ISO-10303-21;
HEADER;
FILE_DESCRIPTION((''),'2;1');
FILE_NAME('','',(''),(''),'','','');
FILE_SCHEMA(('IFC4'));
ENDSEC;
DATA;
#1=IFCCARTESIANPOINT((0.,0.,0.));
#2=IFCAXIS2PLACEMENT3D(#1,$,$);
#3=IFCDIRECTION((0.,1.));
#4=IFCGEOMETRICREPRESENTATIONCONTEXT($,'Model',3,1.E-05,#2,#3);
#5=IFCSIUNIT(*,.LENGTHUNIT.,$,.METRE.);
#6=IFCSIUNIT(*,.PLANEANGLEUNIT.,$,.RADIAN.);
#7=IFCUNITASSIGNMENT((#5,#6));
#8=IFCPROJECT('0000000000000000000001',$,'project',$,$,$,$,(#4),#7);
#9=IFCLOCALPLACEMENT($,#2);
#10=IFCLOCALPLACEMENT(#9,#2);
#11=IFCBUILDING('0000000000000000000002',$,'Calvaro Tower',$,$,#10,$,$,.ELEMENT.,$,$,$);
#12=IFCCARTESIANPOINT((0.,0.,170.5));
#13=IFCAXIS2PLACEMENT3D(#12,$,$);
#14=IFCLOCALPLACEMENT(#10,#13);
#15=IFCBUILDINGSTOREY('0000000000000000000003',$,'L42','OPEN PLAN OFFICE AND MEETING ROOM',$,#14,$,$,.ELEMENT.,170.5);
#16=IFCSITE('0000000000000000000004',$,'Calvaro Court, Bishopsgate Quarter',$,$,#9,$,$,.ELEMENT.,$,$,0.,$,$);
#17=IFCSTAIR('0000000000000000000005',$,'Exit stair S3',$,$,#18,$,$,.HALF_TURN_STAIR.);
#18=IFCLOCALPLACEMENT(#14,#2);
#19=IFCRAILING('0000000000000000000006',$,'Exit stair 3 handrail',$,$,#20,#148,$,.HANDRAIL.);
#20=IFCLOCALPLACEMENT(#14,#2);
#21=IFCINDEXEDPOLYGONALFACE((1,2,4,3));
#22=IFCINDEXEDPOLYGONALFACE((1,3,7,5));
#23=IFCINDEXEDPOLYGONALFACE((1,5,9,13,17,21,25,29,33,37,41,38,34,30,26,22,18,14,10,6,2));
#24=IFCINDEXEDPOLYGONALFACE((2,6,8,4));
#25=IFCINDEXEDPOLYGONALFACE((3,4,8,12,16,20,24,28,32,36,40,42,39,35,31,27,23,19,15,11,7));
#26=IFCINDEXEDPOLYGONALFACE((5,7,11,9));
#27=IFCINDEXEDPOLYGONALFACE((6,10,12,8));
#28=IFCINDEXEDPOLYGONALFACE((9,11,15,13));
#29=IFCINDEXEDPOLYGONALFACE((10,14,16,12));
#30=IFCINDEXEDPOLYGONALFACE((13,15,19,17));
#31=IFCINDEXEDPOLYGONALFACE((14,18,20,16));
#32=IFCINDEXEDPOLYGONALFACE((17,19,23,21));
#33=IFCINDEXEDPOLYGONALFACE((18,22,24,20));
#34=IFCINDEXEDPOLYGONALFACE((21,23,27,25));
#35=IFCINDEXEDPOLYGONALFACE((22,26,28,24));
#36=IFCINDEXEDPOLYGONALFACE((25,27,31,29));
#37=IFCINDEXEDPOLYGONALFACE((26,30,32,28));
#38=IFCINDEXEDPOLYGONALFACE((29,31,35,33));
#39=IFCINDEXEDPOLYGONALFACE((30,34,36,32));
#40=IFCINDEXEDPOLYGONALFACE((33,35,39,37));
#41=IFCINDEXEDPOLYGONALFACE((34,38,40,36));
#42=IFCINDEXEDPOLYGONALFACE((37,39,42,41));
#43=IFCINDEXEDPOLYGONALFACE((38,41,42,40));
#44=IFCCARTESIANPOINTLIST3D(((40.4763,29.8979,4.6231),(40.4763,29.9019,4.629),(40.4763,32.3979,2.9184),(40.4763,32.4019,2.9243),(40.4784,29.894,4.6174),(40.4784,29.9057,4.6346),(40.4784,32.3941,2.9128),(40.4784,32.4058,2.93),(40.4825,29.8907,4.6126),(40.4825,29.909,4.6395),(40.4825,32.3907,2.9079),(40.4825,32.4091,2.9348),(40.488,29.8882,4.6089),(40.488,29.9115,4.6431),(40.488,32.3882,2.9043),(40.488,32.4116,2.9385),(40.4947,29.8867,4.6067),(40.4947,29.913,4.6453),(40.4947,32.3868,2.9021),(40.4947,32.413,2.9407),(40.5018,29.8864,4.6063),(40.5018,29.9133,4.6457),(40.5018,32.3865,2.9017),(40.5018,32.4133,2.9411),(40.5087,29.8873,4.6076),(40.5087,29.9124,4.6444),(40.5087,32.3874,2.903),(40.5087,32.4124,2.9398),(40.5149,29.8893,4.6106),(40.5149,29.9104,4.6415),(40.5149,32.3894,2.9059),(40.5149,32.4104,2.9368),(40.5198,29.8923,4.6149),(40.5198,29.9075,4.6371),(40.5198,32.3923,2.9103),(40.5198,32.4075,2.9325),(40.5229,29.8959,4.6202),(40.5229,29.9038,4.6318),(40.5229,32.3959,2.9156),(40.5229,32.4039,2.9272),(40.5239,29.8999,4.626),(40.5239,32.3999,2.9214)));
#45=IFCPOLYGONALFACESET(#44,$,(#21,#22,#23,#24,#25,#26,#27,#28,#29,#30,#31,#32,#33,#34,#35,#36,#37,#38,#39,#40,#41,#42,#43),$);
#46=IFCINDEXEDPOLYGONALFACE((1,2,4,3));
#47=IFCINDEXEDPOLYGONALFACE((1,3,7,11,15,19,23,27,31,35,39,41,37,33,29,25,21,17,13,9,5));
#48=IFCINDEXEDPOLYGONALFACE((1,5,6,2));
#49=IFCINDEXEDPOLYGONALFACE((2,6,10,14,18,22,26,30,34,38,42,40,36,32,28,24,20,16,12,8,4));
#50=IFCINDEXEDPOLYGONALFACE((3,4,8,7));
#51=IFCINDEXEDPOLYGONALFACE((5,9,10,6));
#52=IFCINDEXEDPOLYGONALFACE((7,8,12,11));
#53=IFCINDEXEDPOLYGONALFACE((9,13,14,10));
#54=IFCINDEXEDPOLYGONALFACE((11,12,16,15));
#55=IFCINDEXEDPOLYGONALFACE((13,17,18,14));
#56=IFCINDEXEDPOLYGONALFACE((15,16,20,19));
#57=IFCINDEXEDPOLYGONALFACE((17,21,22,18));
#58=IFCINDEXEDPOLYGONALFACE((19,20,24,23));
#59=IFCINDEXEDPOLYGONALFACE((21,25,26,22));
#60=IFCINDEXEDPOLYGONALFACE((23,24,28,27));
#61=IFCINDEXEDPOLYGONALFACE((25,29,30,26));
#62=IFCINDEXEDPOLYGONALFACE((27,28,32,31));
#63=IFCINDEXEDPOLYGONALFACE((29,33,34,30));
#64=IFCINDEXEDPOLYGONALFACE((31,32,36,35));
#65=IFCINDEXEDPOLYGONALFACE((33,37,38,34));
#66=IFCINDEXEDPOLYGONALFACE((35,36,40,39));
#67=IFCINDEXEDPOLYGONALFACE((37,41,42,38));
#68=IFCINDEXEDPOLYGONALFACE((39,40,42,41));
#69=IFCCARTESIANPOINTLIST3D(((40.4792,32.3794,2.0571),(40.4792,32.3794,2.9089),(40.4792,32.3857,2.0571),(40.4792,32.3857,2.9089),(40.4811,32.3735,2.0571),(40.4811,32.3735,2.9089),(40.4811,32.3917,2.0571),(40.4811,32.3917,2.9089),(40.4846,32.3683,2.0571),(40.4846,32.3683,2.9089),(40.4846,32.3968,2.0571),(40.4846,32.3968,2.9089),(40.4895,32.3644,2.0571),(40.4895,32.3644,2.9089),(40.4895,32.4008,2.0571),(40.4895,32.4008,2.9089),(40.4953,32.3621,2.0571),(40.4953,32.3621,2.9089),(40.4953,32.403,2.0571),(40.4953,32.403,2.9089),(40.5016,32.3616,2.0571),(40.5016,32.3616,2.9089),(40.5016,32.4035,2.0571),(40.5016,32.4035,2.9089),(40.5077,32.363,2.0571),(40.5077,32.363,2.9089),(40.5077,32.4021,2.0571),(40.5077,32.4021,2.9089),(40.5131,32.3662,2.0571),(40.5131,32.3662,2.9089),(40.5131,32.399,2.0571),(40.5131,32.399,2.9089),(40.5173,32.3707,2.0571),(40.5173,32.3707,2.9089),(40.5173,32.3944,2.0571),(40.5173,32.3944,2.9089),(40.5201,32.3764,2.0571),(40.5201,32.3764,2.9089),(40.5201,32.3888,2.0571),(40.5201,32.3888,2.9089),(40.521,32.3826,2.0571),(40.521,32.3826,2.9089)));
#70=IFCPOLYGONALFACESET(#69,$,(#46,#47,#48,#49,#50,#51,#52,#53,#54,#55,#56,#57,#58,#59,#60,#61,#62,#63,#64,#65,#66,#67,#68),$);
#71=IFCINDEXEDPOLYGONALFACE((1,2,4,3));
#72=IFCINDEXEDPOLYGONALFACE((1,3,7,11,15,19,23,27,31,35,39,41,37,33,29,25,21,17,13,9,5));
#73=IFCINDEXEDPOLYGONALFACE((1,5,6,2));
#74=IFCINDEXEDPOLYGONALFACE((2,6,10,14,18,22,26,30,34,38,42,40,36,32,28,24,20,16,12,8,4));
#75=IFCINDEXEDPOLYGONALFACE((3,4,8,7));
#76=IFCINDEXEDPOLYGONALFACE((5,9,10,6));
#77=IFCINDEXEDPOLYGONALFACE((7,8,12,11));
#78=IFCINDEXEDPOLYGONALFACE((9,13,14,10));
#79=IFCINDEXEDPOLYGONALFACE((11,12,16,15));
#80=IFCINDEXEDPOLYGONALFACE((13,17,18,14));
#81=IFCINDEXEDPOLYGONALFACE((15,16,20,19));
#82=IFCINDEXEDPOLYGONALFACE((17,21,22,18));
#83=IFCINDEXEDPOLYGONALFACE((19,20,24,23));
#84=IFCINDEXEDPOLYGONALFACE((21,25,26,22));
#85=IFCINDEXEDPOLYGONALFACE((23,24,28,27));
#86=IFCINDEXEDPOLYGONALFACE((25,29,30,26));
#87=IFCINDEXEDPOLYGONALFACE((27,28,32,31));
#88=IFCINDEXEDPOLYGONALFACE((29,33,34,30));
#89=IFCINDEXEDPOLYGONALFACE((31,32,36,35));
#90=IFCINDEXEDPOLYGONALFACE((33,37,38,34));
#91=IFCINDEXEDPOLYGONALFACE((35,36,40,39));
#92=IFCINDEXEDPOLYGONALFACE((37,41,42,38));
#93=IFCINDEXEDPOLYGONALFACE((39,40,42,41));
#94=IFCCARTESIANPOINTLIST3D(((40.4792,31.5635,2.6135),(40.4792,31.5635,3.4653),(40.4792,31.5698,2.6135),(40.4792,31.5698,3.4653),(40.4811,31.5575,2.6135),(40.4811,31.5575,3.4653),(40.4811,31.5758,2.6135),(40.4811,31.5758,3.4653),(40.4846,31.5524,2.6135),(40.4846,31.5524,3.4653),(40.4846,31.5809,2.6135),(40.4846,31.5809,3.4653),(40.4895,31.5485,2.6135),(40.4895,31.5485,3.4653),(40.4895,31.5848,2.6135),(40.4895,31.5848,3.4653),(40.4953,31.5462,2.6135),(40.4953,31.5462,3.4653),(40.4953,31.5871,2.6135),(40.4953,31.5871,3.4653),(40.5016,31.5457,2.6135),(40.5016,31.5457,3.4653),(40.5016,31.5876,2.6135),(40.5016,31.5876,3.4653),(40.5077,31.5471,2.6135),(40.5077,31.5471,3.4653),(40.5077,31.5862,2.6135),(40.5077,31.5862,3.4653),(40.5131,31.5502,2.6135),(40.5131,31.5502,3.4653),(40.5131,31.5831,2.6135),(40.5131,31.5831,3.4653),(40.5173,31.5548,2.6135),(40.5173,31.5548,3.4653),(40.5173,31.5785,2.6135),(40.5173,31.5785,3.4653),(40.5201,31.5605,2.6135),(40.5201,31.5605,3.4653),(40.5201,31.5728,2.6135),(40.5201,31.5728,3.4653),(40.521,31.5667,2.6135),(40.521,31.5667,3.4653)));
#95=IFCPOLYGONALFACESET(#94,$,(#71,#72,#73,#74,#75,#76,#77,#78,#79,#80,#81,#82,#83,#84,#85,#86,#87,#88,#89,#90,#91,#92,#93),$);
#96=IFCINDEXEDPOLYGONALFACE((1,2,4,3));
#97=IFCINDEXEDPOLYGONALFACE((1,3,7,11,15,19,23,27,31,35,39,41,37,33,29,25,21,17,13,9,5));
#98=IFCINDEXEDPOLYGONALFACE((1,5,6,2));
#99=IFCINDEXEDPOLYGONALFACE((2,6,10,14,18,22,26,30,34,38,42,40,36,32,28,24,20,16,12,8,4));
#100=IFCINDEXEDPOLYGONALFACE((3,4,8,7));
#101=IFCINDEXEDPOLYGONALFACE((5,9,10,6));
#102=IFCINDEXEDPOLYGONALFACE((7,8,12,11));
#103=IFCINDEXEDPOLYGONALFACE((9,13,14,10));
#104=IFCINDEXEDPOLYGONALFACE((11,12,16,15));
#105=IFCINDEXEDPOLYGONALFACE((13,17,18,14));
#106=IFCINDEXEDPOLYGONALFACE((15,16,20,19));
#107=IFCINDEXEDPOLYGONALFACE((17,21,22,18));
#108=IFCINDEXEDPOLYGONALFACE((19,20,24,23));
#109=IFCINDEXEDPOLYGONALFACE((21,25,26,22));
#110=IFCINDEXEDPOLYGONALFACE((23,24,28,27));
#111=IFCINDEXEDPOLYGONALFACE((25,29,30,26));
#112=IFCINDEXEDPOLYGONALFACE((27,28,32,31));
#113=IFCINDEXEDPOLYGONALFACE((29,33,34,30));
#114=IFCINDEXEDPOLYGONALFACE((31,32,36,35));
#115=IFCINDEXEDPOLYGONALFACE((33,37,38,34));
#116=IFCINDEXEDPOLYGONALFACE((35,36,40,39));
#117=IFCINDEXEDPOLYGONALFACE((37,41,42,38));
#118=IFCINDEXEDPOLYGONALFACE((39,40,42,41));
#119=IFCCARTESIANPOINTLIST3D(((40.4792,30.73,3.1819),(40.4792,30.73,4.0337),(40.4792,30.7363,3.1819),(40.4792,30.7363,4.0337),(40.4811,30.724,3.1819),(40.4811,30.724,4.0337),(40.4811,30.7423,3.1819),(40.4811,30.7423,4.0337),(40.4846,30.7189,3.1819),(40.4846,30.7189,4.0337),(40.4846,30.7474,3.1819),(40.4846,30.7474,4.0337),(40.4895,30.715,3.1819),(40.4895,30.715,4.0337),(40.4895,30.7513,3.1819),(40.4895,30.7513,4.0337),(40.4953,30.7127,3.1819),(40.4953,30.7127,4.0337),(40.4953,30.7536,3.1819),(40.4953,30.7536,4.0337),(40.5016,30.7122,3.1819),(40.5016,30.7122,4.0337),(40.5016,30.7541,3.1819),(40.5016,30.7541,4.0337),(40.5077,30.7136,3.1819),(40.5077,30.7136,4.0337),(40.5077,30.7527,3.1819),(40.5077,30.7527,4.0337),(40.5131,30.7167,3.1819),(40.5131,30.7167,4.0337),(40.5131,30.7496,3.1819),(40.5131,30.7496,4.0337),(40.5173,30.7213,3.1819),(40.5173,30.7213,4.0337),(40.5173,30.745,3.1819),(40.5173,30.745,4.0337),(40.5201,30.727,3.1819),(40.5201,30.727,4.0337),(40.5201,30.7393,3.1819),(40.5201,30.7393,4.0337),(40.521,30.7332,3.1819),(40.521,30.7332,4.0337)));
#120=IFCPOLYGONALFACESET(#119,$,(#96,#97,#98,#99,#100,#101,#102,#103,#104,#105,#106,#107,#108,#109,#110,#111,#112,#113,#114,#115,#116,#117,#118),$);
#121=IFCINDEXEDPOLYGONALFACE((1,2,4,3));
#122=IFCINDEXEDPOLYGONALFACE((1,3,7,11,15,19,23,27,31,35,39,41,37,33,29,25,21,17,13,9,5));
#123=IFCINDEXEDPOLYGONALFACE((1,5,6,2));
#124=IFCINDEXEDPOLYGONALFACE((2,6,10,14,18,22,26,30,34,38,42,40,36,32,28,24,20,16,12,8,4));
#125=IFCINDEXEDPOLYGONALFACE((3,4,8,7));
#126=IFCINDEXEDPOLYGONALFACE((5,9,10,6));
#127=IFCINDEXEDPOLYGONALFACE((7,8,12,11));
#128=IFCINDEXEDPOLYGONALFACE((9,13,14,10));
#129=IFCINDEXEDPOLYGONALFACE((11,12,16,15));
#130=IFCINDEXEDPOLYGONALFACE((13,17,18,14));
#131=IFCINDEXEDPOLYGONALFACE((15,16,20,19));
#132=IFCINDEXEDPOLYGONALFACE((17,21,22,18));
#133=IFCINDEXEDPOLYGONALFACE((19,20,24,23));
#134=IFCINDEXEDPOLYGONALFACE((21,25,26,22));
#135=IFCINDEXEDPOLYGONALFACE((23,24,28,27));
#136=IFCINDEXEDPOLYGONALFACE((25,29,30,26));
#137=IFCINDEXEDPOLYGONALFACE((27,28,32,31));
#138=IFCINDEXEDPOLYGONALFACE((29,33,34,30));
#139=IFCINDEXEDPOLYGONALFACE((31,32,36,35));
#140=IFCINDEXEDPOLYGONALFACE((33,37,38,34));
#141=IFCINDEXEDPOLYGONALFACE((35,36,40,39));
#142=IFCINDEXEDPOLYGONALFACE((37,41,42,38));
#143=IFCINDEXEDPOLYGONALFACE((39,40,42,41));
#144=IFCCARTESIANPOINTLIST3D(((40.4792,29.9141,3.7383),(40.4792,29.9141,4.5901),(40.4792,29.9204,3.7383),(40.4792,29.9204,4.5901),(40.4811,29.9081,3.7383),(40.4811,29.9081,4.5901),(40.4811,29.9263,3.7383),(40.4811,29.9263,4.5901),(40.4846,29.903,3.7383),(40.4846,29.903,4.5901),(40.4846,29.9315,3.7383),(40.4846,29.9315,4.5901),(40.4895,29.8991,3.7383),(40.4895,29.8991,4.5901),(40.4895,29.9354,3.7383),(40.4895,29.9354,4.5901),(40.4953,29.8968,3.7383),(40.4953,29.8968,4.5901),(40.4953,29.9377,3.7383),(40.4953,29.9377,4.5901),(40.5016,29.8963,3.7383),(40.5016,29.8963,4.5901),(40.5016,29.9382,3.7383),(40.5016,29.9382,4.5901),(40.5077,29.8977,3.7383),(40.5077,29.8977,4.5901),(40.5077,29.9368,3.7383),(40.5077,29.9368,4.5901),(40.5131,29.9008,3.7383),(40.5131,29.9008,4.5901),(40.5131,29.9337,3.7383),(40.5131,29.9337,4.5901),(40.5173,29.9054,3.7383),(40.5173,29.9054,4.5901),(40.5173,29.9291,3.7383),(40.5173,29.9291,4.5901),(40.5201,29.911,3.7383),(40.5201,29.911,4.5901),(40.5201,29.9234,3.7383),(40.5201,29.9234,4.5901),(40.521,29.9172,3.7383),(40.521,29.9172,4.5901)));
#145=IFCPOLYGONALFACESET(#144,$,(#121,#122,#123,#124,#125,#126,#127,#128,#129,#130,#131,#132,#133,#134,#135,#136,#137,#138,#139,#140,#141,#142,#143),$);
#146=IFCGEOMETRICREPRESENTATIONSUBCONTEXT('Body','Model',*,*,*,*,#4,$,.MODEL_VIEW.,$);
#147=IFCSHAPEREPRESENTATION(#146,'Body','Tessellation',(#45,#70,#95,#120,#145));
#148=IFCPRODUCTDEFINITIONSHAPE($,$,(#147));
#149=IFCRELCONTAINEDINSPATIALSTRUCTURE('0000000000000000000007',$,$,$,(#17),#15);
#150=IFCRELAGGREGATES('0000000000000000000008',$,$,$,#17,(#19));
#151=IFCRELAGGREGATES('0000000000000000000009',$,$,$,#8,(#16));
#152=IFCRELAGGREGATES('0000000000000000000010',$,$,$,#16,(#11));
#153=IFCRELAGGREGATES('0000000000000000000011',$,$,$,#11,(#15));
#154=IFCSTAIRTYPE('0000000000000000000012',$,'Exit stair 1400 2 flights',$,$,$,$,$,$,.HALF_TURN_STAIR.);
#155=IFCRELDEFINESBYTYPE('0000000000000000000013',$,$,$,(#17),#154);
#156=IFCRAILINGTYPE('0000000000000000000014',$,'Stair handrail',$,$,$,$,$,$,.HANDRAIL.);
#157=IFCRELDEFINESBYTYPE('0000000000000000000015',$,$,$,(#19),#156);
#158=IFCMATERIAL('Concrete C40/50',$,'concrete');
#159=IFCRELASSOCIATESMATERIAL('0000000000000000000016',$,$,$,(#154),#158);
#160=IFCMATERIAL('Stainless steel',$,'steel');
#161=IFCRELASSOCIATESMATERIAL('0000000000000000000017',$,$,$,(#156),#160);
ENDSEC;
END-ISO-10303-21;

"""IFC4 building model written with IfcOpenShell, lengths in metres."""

from ifc_helpers import new_model, si_unit, direction, frame, origin, origin_2d, place, context, subcontext, project, spatial, circle, extrude, material, type_object, element, aggregate, save


model = new_model("IFC4")

# Units and contexts
model_context = context("Model", 3, precision=1e-05, world=origin(), true_north=direction((0.0, 1.0)))
body_context = subcontext(model_context, "Body", "Model", "MODEL_VIEW")
ifc_project = project(units=[si_unit("LENGTHUNIT", "METRE"), si_unit("PLANEANGLEUNIT", "RADIAN")], contexts=[model_context])

# Site, building, storey
site_placement = place(None, origin())
site = spatial("IfcSite", under=ifc_project, at=site_placement, Name="Calvaro Court, Bishopsgate Quarter", CompositionType="ELEMENT", RefElevation=0.0)
building_placement = place(site_placement, origin())
building = spatial("IfcBuilding", under=site, at=building_placement, Name="Calvaro Tower", CompositionType="ELEMENT")
storey_placement = place(building_placement, frame((0.0, 0.0, 170.5)))
storey = spatial("IfcBuildingStorey", under=building, at=storey_placement, Name="L42", Description="OPEN PLAN OFFICE AND MEETING ROOM", CompositionType="ELEMENT", Elevation=170.5)

# Stair
ifc_material_1 = material(Name="Concrete C40/50", Category="concrete")
stair_type = type_object("IfcStairType", Name="Exit stair 1400 2 flights", PredefinedType="HALF_TURN_STAIR", material=ifc_material_1)
stair_1_placement = place(storey_placement, origin())
stair_1 = element("IfcStair", 1, at=stair_1_placement, inside=storey, type_object=stair_type, Name="Exit stair S3", PredefinedType="HALF_TURN_STAIR")

# Railing
ifc_material_2 = material(Name="Stainless steel", Category="steel")
railing_type = type_object("IfcRailingType", Name="Stair handrail", PredefinedType="HANDRAIL", material=ifc_material_2)
railing_1_placement = place(storey_placement, frame((40.5, 32.3999, 2.0454)))
railing_1 = element("IfcRailing", 2, at=railing_1_placement, type_object=railing_type, Name="Exit stair 3 handrail", PredefinedType="HANDRAIL", context=body_context, shape_type="SweptSolid", body=[
    extrude(circle(Radius=0.0239, at=origin_2d()), frame((0.0, 0.0, 0.876), z_axis=(0.0, -0.826221, 0.563347), x_axis=(1.0, 0.0, 0.0)), (0.0, 0.0, 1.0), 3.0259),
    extrude(circle(Radius=0.021, at=origin_2d()), frame((0.0, -0.0173, 0.0117)), (0.0, 0.0, 1.0), 0.8518),
    extrude(circle(Radius=0.021, at=origin_2d()), frame((0.0, -0.8333, 0.5681)), (0.0, 0.0, 1.0), 0.8518),
    extrude(circle(Radius=0.021, at=origin_2d()), frame((0.0, -1.6667, 1.1365)), (0.0, 0.0, 1.0), 0.8518),
    extrude(circle(Radius=0.021, at=origin_2d()), frame((0.0, -2.4827, 1.6929)), (0.0, 0.0, 1.0), 0.8518),
])
aggregate(stair_1, [railing_1])

save(model, "model.ifc")
